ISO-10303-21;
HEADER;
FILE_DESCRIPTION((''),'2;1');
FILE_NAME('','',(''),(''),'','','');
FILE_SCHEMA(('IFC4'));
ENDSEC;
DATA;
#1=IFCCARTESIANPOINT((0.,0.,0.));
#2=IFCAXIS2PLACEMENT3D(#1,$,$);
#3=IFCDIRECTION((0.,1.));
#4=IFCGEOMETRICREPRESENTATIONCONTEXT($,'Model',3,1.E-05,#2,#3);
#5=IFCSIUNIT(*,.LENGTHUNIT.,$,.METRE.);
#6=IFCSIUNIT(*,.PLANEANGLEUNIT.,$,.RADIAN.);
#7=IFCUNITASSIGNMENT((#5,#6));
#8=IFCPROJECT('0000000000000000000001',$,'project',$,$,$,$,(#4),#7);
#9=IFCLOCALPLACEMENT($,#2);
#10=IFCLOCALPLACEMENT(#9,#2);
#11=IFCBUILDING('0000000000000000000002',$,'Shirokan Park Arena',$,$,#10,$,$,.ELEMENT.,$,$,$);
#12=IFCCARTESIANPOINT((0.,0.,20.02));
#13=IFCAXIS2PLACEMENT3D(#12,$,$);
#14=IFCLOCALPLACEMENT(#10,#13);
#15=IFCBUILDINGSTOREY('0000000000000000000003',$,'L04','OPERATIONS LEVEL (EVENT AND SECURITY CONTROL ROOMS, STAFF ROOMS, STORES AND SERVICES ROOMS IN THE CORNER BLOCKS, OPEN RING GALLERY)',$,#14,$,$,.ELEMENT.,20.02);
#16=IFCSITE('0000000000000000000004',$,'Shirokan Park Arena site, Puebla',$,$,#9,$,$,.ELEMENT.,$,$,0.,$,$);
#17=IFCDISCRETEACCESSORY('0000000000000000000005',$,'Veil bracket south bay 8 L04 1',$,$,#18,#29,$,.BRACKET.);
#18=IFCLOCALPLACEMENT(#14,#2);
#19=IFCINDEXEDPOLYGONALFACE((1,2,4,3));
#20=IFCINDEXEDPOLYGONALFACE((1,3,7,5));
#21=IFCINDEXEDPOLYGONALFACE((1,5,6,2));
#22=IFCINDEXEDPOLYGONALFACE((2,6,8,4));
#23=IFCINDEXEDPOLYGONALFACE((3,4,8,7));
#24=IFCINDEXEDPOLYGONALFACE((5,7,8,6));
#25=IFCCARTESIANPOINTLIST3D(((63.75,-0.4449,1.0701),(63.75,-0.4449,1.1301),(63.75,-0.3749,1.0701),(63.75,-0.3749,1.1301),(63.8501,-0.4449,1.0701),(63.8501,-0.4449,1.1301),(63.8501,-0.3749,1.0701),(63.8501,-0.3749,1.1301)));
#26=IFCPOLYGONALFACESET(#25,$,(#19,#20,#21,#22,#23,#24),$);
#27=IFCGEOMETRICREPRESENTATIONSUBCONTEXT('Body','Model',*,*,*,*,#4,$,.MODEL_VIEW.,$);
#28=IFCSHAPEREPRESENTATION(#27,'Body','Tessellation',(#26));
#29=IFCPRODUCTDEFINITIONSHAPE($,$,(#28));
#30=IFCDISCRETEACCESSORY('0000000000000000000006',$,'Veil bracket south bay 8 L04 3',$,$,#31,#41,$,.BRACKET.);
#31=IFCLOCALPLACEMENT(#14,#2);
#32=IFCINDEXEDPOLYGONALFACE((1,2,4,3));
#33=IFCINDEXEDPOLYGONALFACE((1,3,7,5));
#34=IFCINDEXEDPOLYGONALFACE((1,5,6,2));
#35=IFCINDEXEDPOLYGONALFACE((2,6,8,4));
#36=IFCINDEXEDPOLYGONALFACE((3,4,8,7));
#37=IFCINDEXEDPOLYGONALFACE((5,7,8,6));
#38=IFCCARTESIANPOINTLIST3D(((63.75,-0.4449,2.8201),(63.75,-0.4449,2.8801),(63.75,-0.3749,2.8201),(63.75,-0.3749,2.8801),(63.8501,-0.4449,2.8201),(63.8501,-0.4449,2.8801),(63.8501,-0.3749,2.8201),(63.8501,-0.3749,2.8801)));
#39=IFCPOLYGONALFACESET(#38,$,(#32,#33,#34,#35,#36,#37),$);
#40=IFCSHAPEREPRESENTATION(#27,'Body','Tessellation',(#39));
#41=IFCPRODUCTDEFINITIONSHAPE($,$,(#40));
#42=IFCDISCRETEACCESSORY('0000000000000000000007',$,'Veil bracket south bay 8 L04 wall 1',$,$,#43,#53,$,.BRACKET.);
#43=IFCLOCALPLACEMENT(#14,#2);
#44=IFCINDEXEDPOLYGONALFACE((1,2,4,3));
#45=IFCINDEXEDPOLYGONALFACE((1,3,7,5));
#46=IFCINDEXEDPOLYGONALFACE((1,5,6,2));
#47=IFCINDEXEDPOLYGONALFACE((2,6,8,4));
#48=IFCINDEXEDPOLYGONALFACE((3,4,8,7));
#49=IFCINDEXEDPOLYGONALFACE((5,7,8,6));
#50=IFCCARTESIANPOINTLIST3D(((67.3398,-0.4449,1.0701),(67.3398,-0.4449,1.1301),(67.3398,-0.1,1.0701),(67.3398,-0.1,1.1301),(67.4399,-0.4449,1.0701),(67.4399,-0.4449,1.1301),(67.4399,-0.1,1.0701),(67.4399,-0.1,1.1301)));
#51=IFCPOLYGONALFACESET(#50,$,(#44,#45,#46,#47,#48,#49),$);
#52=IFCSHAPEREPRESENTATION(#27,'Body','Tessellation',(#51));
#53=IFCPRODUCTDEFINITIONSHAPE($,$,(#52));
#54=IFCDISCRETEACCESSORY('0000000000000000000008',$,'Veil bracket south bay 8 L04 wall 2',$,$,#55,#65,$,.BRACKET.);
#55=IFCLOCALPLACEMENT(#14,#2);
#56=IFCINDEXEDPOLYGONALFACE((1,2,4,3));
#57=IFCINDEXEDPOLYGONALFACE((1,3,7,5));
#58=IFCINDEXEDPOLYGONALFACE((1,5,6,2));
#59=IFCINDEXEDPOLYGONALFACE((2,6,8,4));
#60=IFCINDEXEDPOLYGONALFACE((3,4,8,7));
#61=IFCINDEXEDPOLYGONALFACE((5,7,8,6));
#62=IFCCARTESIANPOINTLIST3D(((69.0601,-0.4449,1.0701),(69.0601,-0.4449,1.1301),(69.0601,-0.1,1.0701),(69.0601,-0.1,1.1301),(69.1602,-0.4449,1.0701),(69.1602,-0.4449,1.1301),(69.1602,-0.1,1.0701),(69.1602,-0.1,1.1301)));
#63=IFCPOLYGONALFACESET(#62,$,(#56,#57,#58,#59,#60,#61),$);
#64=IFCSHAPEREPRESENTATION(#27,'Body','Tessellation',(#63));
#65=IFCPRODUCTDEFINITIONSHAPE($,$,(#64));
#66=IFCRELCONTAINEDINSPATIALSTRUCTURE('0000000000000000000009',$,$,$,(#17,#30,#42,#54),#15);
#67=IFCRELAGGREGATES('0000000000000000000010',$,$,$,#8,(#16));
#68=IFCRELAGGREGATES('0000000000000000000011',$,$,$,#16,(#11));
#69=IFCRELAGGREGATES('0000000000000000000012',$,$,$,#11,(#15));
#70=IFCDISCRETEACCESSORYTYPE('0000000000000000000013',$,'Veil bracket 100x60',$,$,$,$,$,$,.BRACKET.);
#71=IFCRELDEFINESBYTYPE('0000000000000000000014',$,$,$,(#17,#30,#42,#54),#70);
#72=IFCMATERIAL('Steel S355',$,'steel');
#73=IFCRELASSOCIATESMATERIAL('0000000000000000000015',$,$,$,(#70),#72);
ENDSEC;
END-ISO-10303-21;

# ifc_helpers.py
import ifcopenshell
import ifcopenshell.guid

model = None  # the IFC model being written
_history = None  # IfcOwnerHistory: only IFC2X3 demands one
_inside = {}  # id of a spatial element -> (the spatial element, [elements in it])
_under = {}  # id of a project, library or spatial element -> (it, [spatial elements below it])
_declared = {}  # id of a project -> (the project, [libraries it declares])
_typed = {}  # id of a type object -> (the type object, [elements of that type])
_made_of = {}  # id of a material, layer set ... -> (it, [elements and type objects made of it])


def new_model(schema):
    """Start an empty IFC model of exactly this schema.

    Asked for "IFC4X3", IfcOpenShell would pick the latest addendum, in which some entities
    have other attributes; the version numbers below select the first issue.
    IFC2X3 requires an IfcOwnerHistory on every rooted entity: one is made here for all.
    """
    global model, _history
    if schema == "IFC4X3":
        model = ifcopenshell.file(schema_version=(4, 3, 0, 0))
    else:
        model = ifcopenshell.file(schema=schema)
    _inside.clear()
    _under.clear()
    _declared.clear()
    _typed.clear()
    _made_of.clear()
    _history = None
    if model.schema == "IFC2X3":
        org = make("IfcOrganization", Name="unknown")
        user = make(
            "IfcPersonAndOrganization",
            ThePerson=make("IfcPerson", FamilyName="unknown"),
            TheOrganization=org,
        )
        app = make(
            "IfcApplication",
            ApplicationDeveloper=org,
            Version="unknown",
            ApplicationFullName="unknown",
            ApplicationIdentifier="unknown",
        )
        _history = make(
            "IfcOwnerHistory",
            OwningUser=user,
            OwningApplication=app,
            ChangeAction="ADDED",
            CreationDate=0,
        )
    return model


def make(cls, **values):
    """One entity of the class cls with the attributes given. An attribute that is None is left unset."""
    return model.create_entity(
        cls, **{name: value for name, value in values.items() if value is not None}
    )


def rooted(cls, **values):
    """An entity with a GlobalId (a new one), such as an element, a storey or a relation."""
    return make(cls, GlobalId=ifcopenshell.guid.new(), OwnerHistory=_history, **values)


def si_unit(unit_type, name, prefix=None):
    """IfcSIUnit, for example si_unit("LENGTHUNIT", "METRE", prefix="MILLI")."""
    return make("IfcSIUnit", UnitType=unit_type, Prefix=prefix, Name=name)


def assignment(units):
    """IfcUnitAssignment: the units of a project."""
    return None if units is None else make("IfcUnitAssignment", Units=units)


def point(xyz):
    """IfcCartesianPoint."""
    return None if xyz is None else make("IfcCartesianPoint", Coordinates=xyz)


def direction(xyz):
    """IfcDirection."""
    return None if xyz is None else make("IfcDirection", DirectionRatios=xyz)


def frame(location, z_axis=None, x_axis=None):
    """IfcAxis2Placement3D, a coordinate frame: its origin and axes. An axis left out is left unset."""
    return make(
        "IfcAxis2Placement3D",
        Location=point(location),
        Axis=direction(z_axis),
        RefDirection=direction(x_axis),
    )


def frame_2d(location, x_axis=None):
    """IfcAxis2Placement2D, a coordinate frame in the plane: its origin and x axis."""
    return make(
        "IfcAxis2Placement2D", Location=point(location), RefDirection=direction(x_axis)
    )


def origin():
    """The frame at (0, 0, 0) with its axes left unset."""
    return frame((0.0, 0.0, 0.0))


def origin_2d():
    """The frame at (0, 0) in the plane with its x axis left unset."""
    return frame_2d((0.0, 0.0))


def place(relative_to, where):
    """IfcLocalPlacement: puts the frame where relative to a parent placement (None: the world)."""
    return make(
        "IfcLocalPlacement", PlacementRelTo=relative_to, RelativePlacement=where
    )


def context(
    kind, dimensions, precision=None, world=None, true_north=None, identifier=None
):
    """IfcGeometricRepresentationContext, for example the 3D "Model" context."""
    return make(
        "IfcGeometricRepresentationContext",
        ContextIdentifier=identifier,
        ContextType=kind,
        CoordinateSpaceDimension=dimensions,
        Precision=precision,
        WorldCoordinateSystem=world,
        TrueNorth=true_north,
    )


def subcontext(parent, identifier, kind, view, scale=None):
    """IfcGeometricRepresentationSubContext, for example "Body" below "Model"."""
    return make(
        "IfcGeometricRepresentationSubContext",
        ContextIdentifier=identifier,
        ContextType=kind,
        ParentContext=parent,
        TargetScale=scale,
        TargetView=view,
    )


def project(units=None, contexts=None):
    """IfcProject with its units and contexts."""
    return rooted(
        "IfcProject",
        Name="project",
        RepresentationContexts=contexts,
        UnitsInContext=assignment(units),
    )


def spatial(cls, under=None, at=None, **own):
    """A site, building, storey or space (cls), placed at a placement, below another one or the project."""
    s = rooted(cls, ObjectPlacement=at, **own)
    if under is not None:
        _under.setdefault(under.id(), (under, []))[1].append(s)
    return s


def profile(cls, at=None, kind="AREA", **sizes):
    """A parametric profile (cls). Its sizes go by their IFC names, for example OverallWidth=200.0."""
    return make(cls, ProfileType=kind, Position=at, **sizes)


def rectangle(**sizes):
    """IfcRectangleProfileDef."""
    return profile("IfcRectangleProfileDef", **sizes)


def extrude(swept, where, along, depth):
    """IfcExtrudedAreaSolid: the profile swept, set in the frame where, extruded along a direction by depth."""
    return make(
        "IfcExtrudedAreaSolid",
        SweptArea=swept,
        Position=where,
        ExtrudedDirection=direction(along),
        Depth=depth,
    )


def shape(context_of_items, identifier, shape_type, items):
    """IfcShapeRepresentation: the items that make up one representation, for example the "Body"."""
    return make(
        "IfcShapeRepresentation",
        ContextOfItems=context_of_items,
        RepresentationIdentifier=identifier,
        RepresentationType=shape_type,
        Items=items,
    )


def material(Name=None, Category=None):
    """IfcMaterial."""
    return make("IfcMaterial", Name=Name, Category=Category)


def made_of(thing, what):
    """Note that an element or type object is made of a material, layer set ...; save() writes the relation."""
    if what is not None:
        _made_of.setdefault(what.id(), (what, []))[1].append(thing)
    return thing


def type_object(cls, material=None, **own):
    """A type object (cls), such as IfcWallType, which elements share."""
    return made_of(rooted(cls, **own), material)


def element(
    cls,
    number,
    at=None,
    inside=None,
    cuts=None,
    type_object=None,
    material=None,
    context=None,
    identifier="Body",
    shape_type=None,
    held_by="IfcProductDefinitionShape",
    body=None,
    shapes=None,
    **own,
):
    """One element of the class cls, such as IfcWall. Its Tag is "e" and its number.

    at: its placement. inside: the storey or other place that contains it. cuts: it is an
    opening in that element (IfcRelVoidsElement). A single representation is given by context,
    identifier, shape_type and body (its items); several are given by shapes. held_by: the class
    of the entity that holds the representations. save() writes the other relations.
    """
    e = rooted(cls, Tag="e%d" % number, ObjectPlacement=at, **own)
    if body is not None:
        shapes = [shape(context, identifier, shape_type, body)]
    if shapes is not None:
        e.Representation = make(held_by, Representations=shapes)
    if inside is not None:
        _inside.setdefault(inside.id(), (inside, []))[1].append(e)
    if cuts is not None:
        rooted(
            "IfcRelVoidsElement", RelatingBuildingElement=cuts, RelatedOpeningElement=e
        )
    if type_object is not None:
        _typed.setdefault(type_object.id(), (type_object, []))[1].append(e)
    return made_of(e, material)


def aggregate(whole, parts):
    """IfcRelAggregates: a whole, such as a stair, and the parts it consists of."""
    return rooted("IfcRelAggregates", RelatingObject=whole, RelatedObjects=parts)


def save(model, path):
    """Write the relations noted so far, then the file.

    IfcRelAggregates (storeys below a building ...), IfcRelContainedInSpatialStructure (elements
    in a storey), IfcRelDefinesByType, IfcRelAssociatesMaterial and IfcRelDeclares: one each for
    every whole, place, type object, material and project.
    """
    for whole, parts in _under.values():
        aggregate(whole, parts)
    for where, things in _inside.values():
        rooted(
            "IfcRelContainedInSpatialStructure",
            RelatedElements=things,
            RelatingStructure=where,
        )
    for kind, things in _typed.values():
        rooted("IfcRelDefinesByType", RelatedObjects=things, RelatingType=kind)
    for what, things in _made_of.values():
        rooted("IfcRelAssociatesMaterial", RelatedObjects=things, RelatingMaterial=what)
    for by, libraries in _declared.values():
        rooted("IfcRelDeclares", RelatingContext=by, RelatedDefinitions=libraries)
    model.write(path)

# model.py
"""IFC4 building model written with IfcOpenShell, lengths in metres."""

from ifc_helpers import new_model, si_unit, direction, frame, origin, origin_2d, place, context, subcontext, project, spatial, rectangle, extrude, material, type_object, element, save


model = new_model("IFC4")

# Units and contexts
model_context = context("Model", 3, precision=1e-05, world=origin(), true_north=direction((0.0, 1.0)))
body_context = subcontext(model_context, "Body", "Model", "MODEL_VIEW")
ifc_project = project(units=[si_unit("LENGTHUNIT", "METRE"), si_unit("PLANEANGLEUNIT", "RADIAN")], contexts=[model_context])

# Site, building, storey
site_placement = place(None, origin())
site = spatial("IfcSite", under=ifc_project, at=site_placement, Name="Shirokan Park Arena site, Puebla", CompositionType="ELEMENT", RefElevation=0.0)
building_placement = place(site_placement, origin())
building = spatial("IfcBuilding", under=site, at=building_placement, Name="Shirokan Park Arena", CompositionType="ELEMENT")
storey_placement = place(building_placement, frame((0.0, 0.0, 20.02)))
storey = spatial("IfcBuildingStorey", under=building, at=storey_placement, Name="L04", Description="OPERATIONS LEVEL (EVENT AND SECURITY CONTROL ROOMS, STAFF ROOMS, STORES AND SERVICES ROOMS IN THE CORNER BLOCKS, OPEN RING GALLERY)", CompositionType="ELEMENT", Elevation=20.02)

# Shared definitions
ifc_material_1 = material(Name="Steel S355", Category="steel")

# Discrete accessories
discrete_accessory_type = type_object("IfcDiscreteAccessoryType", Name="Veil bracket 100x60", PredefinedType="BRACKET", material=ifc_material_1)
for number, where, z_axis, x_axis, name in (
    (1, (63.8, -0.4099, 1.0701), (0.0, 0.0, 1.0), (1.0, 0.0, 0.0), "Veil bracket south bay 8 L04 1"),
    (2, (63.8, -0.4099, 2.8201), (0.0, 0.0, 1.0), (1.0, 0.0, 0.0), "Veil bracket south bay 8 L04 3"),
):
    element("IfcDiscreteAccessory", number, at=place(storey_placement, frame(where, z_axis=z_axis, x_axis=x_axis)), inside=storey, type_object=discrete_accessory_type, Name=name, PredefinedType="BRACKET", context=body_context, shape_type="SweptSolid", body=[
        extrude(rectangle(XDim=0.1001, YDim=0.0701, at=origin_2d()), origin(), (0.0, 0.0, 1.0), 0.0601),
    ])
for number, where, z_axis, x_axis, name in (
    (3, (67.3899, -0.2725, 1.0701), (0.0, 0.0, 1.0), (1.0, 0.0, 0.0), "Veil bracket south bay 8 L04 wall 1"),
    (4, (69.1101, -0.2725, 1.0701), (0.0, 0.0, 1.0), (1.0, 0.0, 0.0), "Veil bracket south bay 8 L04 wall 2"),
):
    element("IfcDiscreteAccessory", number, at=place(storey_placement, frame(where, z_axis=z_axis, x_axis=x_axis)), inside=storey, type_object=discrete_accessory_type, Name=name, PredefinedType="BRACKET", context=body_context, shape_type="SweptSolid", body=[
        extrude(rectangle(XDim=0.1001, YDim=0.345, at=origin_2d()), origin(), (0.0, 0.0, 1.0), 0.0601),
    ])

save(model, "model.ifc")
